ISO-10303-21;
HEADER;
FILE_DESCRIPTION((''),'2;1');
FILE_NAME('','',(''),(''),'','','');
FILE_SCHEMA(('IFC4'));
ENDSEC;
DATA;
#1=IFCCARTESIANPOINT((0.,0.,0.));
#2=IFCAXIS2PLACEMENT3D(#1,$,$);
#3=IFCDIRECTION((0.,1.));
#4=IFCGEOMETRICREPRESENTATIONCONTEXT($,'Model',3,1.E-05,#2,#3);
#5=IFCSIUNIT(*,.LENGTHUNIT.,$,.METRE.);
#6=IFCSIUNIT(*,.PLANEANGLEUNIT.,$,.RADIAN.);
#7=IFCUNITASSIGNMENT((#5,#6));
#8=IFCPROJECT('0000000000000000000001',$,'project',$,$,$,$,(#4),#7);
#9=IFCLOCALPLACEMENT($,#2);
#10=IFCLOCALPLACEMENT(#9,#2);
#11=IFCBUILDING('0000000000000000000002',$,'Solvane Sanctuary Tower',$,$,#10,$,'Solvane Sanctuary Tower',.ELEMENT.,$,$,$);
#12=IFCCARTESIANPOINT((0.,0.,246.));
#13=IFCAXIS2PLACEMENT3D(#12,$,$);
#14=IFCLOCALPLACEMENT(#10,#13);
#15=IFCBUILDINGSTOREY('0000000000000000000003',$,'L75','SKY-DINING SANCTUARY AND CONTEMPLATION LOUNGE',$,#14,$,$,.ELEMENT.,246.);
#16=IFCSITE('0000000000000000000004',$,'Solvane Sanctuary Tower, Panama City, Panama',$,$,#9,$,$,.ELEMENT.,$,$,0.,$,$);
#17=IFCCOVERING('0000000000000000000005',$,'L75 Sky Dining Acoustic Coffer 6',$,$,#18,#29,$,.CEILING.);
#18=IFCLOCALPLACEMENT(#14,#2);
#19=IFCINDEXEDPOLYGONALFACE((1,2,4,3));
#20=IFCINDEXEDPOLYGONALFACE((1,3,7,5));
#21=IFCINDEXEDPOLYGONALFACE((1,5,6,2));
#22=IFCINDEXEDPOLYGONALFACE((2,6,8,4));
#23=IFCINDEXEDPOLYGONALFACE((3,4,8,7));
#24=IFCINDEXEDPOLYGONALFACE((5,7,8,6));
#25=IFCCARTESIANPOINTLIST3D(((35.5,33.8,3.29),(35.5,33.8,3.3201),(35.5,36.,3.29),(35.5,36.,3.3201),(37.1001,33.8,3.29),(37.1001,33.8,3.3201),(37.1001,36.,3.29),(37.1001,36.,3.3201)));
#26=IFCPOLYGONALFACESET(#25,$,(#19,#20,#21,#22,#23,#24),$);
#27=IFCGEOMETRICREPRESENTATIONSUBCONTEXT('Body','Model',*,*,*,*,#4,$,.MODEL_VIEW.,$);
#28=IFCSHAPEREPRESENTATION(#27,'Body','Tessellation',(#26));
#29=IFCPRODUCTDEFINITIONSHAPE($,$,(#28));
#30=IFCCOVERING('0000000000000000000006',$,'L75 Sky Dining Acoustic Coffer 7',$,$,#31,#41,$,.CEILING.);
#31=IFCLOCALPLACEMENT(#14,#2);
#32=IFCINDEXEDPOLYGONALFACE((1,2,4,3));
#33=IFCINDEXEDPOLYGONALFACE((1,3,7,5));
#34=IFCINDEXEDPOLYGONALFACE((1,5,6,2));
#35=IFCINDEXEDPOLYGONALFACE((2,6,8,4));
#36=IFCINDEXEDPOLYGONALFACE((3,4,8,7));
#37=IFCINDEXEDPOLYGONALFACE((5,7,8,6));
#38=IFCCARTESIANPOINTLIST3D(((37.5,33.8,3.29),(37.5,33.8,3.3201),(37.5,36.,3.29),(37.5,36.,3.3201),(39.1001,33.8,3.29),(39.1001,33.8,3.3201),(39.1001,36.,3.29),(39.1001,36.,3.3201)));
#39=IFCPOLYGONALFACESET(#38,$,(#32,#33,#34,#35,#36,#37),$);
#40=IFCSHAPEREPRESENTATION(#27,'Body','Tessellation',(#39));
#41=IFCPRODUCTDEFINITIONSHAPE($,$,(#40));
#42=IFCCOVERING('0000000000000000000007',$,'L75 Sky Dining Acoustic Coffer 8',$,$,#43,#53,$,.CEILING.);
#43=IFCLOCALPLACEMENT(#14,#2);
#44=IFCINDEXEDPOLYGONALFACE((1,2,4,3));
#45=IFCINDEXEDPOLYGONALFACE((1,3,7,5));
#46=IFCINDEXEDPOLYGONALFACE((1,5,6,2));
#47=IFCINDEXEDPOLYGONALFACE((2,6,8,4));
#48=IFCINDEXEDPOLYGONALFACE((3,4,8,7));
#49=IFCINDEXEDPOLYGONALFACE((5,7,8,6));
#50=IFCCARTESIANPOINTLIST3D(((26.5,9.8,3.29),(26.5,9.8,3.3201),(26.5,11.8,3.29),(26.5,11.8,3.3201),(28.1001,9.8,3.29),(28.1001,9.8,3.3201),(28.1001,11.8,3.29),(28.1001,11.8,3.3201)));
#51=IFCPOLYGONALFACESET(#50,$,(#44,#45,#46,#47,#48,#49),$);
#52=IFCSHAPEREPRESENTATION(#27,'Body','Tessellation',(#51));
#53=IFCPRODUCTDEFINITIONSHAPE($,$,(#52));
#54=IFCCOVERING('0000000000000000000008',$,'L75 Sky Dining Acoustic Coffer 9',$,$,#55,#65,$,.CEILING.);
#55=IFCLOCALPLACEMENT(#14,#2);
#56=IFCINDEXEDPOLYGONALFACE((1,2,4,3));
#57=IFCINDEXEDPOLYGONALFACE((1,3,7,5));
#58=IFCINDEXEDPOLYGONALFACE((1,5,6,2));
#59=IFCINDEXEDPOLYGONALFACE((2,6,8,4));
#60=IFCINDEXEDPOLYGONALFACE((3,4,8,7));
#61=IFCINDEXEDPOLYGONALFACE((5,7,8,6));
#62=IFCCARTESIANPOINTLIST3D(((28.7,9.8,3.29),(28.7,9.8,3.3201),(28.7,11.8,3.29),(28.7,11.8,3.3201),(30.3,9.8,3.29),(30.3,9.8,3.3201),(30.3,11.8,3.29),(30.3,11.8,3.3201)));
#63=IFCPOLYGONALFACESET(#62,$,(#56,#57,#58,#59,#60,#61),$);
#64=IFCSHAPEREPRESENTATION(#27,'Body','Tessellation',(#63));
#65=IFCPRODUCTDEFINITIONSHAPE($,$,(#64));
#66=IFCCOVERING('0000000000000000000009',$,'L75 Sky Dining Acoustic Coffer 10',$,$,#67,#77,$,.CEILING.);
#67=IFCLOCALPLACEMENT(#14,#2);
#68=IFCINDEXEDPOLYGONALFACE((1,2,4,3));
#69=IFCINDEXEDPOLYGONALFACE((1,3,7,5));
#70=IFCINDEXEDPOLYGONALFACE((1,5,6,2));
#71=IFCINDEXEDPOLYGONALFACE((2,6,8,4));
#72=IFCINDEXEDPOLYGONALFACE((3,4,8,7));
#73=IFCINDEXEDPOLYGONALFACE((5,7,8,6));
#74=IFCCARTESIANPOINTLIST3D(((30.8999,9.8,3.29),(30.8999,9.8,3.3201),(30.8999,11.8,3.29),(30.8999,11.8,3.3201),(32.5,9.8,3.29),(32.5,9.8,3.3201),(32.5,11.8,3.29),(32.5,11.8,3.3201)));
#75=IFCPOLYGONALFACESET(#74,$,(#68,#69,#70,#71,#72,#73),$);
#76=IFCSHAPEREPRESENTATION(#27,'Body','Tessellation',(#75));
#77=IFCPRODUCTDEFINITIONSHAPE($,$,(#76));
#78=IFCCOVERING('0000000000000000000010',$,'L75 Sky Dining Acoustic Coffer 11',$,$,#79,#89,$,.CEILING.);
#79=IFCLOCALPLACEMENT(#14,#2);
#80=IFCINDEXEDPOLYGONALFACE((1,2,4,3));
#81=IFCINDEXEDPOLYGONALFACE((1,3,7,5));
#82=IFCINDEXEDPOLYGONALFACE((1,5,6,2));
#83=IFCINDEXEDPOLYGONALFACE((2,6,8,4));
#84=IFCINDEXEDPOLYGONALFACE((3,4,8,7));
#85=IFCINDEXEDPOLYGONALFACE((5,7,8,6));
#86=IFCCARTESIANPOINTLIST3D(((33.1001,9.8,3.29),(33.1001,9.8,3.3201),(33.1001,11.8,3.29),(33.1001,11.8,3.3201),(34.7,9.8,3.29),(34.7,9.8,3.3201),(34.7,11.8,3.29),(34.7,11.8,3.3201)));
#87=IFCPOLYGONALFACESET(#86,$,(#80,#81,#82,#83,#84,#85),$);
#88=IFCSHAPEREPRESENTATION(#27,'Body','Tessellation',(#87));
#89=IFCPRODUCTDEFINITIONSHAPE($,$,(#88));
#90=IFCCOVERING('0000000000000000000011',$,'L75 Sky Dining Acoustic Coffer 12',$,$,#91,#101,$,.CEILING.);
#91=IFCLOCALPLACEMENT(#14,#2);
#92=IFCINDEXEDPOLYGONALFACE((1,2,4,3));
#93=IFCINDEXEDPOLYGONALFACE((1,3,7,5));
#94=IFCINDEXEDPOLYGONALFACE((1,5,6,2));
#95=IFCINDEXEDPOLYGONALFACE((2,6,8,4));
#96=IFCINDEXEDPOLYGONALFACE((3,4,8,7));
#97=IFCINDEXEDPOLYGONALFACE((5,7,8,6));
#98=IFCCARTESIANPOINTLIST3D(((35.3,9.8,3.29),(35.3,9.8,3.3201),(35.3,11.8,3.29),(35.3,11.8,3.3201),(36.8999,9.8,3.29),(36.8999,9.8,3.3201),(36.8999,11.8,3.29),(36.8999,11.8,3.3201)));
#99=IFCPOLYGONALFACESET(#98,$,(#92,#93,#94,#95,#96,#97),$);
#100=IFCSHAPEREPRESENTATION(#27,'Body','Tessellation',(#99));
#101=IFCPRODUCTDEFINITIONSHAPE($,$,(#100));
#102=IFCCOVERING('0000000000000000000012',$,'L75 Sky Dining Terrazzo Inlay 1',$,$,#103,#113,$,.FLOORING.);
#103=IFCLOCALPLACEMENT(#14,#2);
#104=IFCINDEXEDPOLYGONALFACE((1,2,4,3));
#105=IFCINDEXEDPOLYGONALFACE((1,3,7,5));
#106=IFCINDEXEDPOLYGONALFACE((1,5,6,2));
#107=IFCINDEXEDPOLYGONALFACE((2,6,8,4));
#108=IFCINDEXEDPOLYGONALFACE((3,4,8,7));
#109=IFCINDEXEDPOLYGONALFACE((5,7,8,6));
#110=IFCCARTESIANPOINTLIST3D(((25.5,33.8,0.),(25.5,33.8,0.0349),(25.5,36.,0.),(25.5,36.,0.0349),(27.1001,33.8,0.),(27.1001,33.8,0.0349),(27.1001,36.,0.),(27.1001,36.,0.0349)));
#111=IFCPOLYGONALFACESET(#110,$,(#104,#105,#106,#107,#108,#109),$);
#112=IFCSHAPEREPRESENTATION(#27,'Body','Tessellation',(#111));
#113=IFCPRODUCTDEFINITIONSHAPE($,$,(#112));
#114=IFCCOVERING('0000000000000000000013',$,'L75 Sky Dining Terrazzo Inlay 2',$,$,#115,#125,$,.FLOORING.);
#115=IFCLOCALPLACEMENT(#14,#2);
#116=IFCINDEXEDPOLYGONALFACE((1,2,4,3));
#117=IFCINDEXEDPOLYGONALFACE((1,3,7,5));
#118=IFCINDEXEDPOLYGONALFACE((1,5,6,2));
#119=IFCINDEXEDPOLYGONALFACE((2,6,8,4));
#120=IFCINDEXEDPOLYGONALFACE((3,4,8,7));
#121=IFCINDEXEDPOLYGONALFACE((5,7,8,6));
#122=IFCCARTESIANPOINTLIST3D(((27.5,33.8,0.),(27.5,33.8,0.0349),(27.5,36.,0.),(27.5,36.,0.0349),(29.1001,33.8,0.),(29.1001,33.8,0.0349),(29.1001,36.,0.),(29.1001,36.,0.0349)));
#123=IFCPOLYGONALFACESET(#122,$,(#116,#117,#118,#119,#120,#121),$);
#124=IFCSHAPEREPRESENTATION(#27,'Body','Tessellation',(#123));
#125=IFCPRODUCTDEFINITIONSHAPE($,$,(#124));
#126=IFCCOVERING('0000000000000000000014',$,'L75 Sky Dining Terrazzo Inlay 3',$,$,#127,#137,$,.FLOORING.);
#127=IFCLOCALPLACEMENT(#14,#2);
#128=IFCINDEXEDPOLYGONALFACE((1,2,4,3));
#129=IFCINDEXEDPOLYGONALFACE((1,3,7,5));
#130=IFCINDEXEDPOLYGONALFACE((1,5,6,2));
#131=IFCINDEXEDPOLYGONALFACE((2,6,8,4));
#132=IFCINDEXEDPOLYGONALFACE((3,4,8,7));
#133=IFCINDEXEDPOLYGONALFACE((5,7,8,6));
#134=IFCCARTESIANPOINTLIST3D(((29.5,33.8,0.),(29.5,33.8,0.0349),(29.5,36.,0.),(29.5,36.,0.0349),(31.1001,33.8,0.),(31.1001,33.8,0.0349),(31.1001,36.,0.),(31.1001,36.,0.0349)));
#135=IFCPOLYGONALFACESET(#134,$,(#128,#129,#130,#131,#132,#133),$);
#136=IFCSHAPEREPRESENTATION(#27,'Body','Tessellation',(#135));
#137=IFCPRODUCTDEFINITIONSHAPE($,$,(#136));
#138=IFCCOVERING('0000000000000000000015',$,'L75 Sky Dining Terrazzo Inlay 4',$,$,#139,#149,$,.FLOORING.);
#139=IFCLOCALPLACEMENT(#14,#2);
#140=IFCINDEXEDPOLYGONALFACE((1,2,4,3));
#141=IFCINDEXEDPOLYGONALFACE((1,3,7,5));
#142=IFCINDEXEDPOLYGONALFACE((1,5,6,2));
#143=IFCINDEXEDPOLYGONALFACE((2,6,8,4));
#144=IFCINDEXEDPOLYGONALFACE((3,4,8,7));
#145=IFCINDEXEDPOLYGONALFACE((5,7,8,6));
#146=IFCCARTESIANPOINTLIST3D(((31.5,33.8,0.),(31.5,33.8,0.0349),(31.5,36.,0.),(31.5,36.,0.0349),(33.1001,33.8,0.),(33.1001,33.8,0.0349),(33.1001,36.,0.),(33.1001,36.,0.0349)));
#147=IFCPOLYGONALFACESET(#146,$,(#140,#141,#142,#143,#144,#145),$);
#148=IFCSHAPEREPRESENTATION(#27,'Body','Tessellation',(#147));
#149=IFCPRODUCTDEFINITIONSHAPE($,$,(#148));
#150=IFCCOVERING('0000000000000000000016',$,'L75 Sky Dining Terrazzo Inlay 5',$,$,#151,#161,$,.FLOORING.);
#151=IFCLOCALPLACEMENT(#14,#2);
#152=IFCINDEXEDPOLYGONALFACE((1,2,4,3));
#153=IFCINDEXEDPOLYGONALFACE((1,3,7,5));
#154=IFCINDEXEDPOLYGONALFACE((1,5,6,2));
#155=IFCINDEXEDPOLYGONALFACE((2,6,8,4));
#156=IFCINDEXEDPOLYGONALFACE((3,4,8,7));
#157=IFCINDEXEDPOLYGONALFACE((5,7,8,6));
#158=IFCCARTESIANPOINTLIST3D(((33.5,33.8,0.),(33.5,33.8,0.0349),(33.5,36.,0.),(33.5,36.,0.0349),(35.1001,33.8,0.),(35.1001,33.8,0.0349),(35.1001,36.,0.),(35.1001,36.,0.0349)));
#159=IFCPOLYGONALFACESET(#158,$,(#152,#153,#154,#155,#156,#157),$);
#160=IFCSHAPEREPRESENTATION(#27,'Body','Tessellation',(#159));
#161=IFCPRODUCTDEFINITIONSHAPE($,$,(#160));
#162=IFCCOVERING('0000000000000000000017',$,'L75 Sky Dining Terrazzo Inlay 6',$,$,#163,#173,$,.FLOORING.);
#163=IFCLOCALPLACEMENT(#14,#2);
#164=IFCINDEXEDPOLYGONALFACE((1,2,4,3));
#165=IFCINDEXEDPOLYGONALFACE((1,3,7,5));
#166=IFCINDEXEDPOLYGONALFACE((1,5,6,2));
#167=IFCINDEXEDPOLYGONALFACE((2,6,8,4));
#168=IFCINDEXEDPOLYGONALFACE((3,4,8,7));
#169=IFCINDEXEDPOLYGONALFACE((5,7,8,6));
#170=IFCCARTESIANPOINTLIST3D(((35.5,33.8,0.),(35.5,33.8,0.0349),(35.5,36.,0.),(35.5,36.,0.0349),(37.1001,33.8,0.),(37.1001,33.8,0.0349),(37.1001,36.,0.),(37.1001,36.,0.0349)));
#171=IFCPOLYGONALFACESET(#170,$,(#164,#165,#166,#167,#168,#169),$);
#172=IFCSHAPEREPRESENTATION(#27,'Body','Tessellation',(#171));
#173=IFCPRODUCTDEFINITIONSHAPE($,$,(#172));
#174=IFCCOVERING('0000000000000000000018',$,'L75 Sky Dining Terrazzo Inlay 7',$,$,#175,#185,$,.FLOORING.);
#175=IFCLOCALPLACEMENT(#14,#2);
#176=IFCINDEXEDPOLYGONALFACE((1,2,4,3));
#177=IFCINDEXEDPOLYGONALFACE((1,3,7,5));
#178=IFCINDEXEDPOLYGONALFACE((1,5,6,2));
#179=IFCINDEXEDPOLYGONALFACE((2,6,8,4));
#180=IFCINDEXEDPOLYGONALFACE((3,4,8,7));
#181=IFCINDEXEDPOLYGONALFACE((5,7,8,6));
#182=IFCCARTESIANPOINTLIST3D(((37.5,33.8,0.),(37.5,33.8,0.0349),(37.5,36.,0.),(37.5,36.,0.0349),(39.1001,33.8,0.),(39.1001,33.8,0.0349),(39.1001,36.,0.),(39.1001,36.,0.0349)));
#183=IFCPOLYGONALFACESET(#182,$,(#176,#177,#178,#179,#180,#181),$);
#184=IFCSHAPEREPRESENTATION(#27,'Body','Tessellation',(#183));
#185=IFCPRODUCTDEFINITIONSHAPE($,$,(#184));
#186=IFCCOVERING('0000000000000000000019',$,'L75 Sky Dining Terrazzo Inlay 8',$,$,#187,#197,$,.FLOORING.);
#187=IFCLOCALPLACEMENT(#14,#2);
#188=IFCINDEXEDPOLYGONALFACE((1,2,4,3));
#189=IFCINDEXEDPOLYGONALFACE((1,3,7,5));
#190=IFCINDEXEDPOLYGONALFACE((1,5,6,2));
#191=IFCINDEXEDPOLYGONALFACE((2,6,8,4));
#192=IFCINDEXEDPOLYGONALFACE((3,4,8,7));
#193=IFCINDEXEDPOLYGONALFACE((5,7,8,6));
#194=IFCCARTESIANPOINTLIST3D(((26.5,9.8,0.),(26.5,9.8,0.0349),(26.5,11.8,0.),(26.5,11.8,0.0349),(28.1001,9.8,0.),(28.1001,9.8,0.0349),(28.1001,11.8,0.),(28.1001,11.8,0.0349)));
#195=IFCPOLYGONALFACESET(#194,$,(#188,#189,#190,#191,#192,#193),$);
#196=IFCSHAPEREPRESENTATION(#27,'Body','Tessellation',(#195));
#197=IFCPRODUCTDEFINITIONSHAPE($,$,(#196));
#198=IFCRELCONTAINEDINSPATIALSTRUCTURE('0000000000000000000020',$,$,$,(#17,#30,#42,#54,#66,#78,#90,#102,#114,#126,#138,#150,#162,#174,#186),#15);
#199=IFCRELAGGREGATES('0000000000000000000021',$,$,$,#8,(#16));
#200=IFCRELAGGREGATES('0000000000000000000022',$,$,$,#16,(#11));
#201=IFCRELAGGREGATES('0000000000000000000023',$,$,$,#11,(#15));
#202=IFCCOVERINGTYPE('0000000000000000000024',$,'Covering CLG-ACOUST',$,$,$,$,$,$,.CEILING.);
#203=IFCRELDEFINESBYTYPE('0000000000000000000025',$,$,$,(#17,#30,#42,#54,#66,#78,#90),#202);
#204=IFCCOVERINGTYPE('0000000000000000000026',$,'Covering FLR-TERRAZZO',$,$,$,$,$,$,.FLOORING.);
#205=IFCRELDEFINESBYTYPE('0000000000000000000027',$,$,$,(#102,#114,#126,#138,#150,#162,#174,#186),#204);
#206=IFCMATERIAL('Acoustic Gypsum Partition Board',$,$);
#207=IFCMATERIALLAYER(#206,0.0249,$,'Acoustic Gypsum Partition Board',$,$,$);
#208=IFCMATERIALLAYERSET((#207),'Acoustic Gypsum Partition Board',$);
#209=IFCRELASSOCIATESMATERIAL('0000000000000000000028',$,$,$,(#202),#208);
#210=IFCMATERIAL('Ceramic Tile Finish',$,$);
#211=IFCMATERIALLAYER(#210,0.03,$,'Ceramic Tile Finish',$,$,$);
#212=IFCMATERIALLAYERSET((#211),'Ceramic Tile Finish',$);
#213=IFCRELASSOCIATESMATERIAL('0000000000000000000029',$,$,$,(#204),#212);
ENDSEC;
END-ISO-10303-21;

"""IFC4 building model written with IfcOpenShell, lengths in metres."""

from ifc_helpers import new_model, si_unit, direction, frame, origin, place, context, subcontext, project, spatial, polyline, outline, extrude, material, layer, layer_set, type_object, element, save


model = new_model("IFC4")

# Units and contexts
model_context = context("Model", 3, precision=1e-05, world=origin(), true_north=direction((0.0, 1.0)))
body_context = subcontext(model_context, "Body", "Model", "MODEL_VIEW")
ifc_project = project(units=[si_unit("LENGTHUNIT", "METRE"), si_unit("PLANEANGLEUNIT", "RADIAN")], contexts=[model_context])

# Site, building, storey
site_placement = place(None, origin())
site = spatial("IfcSite", under=ifc_project, at=site_placement, Name="Solvane Sanctuary Tower, Panama City, Panama", CompositionType="ELEMENT", RefElevation=0.0)
building_placement = place(site_placement, origin())
building = spatial("IfcBuilding", under=site, at=building_placement, Name="Solvane Sanctuary Tower", LongName="Solvane Sanctuary Tower", CompositionType="ELEMENT")
storey_placement = place(building_placement, frame((0.0, 0.0, 246.0)))
storey = spatial("IfcBuildingStorey", under=building, at=storey_placement, Name="L75", Description="SKY-DINING SANCTUARY AND CONTEMPLATION LOUNGE", CompositionType="ELEMENT", Elevation=246.0)

# Coverings
ifc_material_1 = material(Name="Acoustic Gypsum Partition Board")
ifc_layer_1 = layer(ifc_material_1, 0.0249, Name="Acoustic Gypsum Partition Board")
ifc_layer_set_1 = layer_set([ifc_layer_1], Name="Acoustic Gypsum Partition Board")
covering_type_1 = type_object("IfcCoveringType", Name="Covering CLG-ACOUST", PredefinedType="CEILING", material=ifc_layer_set_1)
covering_1_placement = place(storey_placement, frame((0.0, 0.0, 3.29)))
element("IfcCovering", 1, at=covering_1_placement, inside=storey, type_object=covering_type_1, Name="L75 Sky Dining Acoustic Coffer 6", PredefinedType="CEILING", context=body_context, shape_type="SweptSolid", body=[
    extrude(outline(polyline([(35.5, 33.8), (37.1001, 33.8), (37.1001, 36.0), (35.5, 36.0), (35.5, 33.8)])), origin(), (0.0, 0.0, 1.0), 0.03),
])
covering_2_placement = place(storey_placement, frame((0.0, 0.0, 3.29)))
element("IfcCovering", 2, at=covering_2_placement, inside=storey, type_object=covering_type_1, Name="L75 Sky Dining Acoustic Coffer 7", PredefinedType="CEILING", context=body_context, shape_type="SweptSolid", body=[
    extrude(outline(polyline([(37.5, 33.8), (39.1001, 33.8), (39.1001, 36.0), (37.5, 36.0), (37.5, 33.8)])), origin(), (0.0, 0.0, 1.0), 0.03),
])
covering_3_placement = place(storey_placement, frame((0.0, 0.0, 3.29)))
element("IfcCovering", 3, at=covering_3_placement, inside=storey, type_object=covering_type_1, Name="L75 Sky Dining Acoustic Coffer 8", PredefinedType="CEILING", context=body_context, shape_type="SweptSolid", body=[
    extrude(outline(polyline([(26.5, 9.8), (28.1001, 9.8), (28.1001, 11.8), (26.5, 11.8), (26.5, 9.8)])), origin(), (0.0, 0.0, 1.0), 0.03),
])
covering_4_placement = place(storey_placement, frame((0.0, 0.0, 3.29)))
element("IfcCovering", 4, at=covering_4_placement, inside=storey, type_object=covering_type_1, Name="L75 Sky Dining Acoustic Coffer 9", PredefinedType="CEILING", context=body_context, shape_type="SweptSolid", body=[
    extrude(outline(polyline([(28.7, 9.8), (30.3, 9.8), (30.3, 11.8), (28.7, 11.8), (28.7, 9.8)])), origin(), (0.0, 0.0, 1.0), 0.03),
])
covering_5_placement = place(storey_placement, frame((0.0, 0.0, 3.29)))
element("IfcCovering", 5, at=covering_5_placement, inside=storey, type_object=covering_type_1, Name="L75 Sky Dining Acoustic Coffer 10", PredefinedType="CEILING", context=body_context, shape_type="SweptSolid", body=[
    extrude(outline(polyline([(30.8999, 9.8), (32.5, 9.8), (32.5, 11.8), (30.8999, 11.8), (30.8999, 9.8)])), origin(), (0.0, 0.0, 1.0), 0.03),
])
covering_6_placement = place(storey_placement, frame((0.0, 0.0, 3.29)))
element("IfcCovering", 6, at=covering_6_placement, inside=storey, type_object=covering_type_1, Name="L75 Sky Dining Acoustic Coffer 11", PredefinedType="CEILING", context=body_context, shape_type="SweptSolid", body=[
    extrude(outline(polyline([(33.1001, 9.8), (34.7, 9.8), (34.7, 11.8), (33.1001, 11.8), (33.1001, 9.8)])), origin(), (0.0, 0.0, 1.0), 0.03),
])
covering_7_placement = place(storey_placement, frame((0.0, 0.0, 3.29)))
element("IfcCovering", 7, at=covering_7_placement, inside=storey, type_object=covering_type_1, Name="L75 Sky Dining Acoustic Coffer 12", PredefinedType="CEILING", context=body_context, shape_type="SweptSolid", body=[
    extrude(outline(polyline([(35.3, 9.8), (36.8999, 9.8), (36.8999, 11.8), (35.3, 11.8), (35.3, 9.8)])), origin(), (0.0, 0.0, 1.0), 0.03),
])
ifc_material_2 = material(Name="Ceramic Tile Finish")
ifc_layer_2 = layer(ifc_material_2, 0.03, Name="Ceramic Tile Finish")
ifc_layer_set_2 = layer_set([ifc_layer_2], Name="Ceramic Tile Finish")
covering_type_2 = type_object("IfcCoveringType", Name="Covering FLR-TERRAZZO", PredefinedType="FLOORING", material=ifc_layer_set_2)
covering_8_placement = place(storey_placement, origin())
element("IfcCovering", 8, at=covering_8_placement, inside=storey, type_object=covering_type_2, Name="L75 Sky Dining Terrazzo Inlay 1", PredefinedType="FLOORING", context=body_context, shape_type="SweptSolid", body=[
    extrude(outline(polyline([(25.5, 33.8), (27.1001, 33.8), (27.1001, 36.0), (25.5, 36.0), (25.5, 33.8)])), origin(), (0.0, 0.0, 1.0), 0.0349),
])
covering_9_placement = place(storey_placement, origin())
element("IfcCovering", 9, at=covering_9_placement, inside=storey, type_object=covering_type_2, Name="L75 Sky Dining Terrazzo Inlay 2", PredefinedType="FLOORING", context=body_context, shape_type="SweptSolid", body=[
    extrude(outline(polyline([(27.5, 33.8), (29.1001, 33.8), (29.1001, 36.0), (27.5, 36.0), (27.5, 33.8)])), origin(), (0.0, 0.0, 1.0), 0.0349),
])
covering_10_placement = place(storey_placement, origin())
element("IfcCovering", 10, at=covering_10_placement, inside=storey, type_object=covering_type_2, Name="L75 Sky Dining Terrazzo Inlay 3", PredefinedType="FLOORING", context=body_context, shape_type="SweptSolid", body=[
    extrude(outline(polyline([(29.5, 33.8), (31.1001, 33.8), (31.1001, 36.0), (29.5, 36.0), (29.5, 33.8)])), origin(), (0.0, 0.0, 1.0), 0.0349),
])
covering_11_placement = place(storey_placement, origin())
element("IfcCovering", 11, at=covering_11_placement, inside=storey, type_object=covering_type_2, Name="L75 Sky Dining Terrazzo Inlay 4", PredefinedType="FLOORING", context=body_context, shape_type="SweptSolid", body=[
    extrude(outline(polyline([(31.5, 33.8), (33.1001, 33.8), (33.1001, 36.0), (31.5, 36.0), (31.5, 33.8)])), origin(), (0.0, 0.0, 1.0), 0.0349),
])
covering_12_placement = place(storey_placement, origin())
element("IfcCovering", 12, at=covering_12_placement, inside=storey, type_object=covering_type_2, Name="L75 Sky Dining Terrazzo Inlay 5", PredefinedType="FLOORING", context=body_context, shape_type="SweptSolid", body=[
    extrude(outline(polyline([(33.5, 33.8), (35.1001, 33.8), (35.1001, 36.0), (33.5, 36.0), (33.5, 33.8)])), origin(), (0.0, 0.0, 1.0), 0.0349),
])
covering_13_placement = place(storey_placement, origin())
element("IfcCovering", 13, at=covering_13_placement, inside=storey, type_object=covering_type_2, Name="L75 Sky Dining Terrazzo Inlay 6", PredefinedType="FLOORING", context=body_context, shape_type="SweptSolid", body=[
    extrude(outline(polyline([(35.5, 33.8), (37.1001, 33.8), (37.1001, 36.0), (35.5, 36.0), (35.5, 33.8)])), origin(), (0.0, 0.0, 1.0), 0.0349),
])
covering_14_placement = place(storey_placement, origin())
element("IfcCovering", 14, at=covering_14_placement, inside=storey, type_object=covering_type_2, Name="L75 Sky Dining Terrazzo Inlay 7", PredefinedType="FLOORING", context=body_context, shape_type="SweptSolid", body=[
    extrude(outline(polyline([(37.5, 33.8), (39.1001, 33.8), (39.1001, 36.0), (37.5, 36.0), (37.5, 33.8)])), origin(), (0.0, 0.0, 1.0), 0.0349),
])
covering_15_placement = place(storey_placement, origin())
element("IfcCovering", 15, at=covering_15_placement, inside=storey, type_object=covering_type_2, Name="L75 Sky Dining Terrazzo Inlay 8", PredefinedType="FLOORING", context=body_context, shape_type="SweptSolid", body=[
    extrude(outline(polyline([(26.5, 9.8), (28.1001, 9.8), (28.1001, 11.8), (26.5, 11.8), (26.5, 9.8)])), origin(), (0.0, 0.0, 1.0), 0.0349),
])

save(model, "model.ifc")
